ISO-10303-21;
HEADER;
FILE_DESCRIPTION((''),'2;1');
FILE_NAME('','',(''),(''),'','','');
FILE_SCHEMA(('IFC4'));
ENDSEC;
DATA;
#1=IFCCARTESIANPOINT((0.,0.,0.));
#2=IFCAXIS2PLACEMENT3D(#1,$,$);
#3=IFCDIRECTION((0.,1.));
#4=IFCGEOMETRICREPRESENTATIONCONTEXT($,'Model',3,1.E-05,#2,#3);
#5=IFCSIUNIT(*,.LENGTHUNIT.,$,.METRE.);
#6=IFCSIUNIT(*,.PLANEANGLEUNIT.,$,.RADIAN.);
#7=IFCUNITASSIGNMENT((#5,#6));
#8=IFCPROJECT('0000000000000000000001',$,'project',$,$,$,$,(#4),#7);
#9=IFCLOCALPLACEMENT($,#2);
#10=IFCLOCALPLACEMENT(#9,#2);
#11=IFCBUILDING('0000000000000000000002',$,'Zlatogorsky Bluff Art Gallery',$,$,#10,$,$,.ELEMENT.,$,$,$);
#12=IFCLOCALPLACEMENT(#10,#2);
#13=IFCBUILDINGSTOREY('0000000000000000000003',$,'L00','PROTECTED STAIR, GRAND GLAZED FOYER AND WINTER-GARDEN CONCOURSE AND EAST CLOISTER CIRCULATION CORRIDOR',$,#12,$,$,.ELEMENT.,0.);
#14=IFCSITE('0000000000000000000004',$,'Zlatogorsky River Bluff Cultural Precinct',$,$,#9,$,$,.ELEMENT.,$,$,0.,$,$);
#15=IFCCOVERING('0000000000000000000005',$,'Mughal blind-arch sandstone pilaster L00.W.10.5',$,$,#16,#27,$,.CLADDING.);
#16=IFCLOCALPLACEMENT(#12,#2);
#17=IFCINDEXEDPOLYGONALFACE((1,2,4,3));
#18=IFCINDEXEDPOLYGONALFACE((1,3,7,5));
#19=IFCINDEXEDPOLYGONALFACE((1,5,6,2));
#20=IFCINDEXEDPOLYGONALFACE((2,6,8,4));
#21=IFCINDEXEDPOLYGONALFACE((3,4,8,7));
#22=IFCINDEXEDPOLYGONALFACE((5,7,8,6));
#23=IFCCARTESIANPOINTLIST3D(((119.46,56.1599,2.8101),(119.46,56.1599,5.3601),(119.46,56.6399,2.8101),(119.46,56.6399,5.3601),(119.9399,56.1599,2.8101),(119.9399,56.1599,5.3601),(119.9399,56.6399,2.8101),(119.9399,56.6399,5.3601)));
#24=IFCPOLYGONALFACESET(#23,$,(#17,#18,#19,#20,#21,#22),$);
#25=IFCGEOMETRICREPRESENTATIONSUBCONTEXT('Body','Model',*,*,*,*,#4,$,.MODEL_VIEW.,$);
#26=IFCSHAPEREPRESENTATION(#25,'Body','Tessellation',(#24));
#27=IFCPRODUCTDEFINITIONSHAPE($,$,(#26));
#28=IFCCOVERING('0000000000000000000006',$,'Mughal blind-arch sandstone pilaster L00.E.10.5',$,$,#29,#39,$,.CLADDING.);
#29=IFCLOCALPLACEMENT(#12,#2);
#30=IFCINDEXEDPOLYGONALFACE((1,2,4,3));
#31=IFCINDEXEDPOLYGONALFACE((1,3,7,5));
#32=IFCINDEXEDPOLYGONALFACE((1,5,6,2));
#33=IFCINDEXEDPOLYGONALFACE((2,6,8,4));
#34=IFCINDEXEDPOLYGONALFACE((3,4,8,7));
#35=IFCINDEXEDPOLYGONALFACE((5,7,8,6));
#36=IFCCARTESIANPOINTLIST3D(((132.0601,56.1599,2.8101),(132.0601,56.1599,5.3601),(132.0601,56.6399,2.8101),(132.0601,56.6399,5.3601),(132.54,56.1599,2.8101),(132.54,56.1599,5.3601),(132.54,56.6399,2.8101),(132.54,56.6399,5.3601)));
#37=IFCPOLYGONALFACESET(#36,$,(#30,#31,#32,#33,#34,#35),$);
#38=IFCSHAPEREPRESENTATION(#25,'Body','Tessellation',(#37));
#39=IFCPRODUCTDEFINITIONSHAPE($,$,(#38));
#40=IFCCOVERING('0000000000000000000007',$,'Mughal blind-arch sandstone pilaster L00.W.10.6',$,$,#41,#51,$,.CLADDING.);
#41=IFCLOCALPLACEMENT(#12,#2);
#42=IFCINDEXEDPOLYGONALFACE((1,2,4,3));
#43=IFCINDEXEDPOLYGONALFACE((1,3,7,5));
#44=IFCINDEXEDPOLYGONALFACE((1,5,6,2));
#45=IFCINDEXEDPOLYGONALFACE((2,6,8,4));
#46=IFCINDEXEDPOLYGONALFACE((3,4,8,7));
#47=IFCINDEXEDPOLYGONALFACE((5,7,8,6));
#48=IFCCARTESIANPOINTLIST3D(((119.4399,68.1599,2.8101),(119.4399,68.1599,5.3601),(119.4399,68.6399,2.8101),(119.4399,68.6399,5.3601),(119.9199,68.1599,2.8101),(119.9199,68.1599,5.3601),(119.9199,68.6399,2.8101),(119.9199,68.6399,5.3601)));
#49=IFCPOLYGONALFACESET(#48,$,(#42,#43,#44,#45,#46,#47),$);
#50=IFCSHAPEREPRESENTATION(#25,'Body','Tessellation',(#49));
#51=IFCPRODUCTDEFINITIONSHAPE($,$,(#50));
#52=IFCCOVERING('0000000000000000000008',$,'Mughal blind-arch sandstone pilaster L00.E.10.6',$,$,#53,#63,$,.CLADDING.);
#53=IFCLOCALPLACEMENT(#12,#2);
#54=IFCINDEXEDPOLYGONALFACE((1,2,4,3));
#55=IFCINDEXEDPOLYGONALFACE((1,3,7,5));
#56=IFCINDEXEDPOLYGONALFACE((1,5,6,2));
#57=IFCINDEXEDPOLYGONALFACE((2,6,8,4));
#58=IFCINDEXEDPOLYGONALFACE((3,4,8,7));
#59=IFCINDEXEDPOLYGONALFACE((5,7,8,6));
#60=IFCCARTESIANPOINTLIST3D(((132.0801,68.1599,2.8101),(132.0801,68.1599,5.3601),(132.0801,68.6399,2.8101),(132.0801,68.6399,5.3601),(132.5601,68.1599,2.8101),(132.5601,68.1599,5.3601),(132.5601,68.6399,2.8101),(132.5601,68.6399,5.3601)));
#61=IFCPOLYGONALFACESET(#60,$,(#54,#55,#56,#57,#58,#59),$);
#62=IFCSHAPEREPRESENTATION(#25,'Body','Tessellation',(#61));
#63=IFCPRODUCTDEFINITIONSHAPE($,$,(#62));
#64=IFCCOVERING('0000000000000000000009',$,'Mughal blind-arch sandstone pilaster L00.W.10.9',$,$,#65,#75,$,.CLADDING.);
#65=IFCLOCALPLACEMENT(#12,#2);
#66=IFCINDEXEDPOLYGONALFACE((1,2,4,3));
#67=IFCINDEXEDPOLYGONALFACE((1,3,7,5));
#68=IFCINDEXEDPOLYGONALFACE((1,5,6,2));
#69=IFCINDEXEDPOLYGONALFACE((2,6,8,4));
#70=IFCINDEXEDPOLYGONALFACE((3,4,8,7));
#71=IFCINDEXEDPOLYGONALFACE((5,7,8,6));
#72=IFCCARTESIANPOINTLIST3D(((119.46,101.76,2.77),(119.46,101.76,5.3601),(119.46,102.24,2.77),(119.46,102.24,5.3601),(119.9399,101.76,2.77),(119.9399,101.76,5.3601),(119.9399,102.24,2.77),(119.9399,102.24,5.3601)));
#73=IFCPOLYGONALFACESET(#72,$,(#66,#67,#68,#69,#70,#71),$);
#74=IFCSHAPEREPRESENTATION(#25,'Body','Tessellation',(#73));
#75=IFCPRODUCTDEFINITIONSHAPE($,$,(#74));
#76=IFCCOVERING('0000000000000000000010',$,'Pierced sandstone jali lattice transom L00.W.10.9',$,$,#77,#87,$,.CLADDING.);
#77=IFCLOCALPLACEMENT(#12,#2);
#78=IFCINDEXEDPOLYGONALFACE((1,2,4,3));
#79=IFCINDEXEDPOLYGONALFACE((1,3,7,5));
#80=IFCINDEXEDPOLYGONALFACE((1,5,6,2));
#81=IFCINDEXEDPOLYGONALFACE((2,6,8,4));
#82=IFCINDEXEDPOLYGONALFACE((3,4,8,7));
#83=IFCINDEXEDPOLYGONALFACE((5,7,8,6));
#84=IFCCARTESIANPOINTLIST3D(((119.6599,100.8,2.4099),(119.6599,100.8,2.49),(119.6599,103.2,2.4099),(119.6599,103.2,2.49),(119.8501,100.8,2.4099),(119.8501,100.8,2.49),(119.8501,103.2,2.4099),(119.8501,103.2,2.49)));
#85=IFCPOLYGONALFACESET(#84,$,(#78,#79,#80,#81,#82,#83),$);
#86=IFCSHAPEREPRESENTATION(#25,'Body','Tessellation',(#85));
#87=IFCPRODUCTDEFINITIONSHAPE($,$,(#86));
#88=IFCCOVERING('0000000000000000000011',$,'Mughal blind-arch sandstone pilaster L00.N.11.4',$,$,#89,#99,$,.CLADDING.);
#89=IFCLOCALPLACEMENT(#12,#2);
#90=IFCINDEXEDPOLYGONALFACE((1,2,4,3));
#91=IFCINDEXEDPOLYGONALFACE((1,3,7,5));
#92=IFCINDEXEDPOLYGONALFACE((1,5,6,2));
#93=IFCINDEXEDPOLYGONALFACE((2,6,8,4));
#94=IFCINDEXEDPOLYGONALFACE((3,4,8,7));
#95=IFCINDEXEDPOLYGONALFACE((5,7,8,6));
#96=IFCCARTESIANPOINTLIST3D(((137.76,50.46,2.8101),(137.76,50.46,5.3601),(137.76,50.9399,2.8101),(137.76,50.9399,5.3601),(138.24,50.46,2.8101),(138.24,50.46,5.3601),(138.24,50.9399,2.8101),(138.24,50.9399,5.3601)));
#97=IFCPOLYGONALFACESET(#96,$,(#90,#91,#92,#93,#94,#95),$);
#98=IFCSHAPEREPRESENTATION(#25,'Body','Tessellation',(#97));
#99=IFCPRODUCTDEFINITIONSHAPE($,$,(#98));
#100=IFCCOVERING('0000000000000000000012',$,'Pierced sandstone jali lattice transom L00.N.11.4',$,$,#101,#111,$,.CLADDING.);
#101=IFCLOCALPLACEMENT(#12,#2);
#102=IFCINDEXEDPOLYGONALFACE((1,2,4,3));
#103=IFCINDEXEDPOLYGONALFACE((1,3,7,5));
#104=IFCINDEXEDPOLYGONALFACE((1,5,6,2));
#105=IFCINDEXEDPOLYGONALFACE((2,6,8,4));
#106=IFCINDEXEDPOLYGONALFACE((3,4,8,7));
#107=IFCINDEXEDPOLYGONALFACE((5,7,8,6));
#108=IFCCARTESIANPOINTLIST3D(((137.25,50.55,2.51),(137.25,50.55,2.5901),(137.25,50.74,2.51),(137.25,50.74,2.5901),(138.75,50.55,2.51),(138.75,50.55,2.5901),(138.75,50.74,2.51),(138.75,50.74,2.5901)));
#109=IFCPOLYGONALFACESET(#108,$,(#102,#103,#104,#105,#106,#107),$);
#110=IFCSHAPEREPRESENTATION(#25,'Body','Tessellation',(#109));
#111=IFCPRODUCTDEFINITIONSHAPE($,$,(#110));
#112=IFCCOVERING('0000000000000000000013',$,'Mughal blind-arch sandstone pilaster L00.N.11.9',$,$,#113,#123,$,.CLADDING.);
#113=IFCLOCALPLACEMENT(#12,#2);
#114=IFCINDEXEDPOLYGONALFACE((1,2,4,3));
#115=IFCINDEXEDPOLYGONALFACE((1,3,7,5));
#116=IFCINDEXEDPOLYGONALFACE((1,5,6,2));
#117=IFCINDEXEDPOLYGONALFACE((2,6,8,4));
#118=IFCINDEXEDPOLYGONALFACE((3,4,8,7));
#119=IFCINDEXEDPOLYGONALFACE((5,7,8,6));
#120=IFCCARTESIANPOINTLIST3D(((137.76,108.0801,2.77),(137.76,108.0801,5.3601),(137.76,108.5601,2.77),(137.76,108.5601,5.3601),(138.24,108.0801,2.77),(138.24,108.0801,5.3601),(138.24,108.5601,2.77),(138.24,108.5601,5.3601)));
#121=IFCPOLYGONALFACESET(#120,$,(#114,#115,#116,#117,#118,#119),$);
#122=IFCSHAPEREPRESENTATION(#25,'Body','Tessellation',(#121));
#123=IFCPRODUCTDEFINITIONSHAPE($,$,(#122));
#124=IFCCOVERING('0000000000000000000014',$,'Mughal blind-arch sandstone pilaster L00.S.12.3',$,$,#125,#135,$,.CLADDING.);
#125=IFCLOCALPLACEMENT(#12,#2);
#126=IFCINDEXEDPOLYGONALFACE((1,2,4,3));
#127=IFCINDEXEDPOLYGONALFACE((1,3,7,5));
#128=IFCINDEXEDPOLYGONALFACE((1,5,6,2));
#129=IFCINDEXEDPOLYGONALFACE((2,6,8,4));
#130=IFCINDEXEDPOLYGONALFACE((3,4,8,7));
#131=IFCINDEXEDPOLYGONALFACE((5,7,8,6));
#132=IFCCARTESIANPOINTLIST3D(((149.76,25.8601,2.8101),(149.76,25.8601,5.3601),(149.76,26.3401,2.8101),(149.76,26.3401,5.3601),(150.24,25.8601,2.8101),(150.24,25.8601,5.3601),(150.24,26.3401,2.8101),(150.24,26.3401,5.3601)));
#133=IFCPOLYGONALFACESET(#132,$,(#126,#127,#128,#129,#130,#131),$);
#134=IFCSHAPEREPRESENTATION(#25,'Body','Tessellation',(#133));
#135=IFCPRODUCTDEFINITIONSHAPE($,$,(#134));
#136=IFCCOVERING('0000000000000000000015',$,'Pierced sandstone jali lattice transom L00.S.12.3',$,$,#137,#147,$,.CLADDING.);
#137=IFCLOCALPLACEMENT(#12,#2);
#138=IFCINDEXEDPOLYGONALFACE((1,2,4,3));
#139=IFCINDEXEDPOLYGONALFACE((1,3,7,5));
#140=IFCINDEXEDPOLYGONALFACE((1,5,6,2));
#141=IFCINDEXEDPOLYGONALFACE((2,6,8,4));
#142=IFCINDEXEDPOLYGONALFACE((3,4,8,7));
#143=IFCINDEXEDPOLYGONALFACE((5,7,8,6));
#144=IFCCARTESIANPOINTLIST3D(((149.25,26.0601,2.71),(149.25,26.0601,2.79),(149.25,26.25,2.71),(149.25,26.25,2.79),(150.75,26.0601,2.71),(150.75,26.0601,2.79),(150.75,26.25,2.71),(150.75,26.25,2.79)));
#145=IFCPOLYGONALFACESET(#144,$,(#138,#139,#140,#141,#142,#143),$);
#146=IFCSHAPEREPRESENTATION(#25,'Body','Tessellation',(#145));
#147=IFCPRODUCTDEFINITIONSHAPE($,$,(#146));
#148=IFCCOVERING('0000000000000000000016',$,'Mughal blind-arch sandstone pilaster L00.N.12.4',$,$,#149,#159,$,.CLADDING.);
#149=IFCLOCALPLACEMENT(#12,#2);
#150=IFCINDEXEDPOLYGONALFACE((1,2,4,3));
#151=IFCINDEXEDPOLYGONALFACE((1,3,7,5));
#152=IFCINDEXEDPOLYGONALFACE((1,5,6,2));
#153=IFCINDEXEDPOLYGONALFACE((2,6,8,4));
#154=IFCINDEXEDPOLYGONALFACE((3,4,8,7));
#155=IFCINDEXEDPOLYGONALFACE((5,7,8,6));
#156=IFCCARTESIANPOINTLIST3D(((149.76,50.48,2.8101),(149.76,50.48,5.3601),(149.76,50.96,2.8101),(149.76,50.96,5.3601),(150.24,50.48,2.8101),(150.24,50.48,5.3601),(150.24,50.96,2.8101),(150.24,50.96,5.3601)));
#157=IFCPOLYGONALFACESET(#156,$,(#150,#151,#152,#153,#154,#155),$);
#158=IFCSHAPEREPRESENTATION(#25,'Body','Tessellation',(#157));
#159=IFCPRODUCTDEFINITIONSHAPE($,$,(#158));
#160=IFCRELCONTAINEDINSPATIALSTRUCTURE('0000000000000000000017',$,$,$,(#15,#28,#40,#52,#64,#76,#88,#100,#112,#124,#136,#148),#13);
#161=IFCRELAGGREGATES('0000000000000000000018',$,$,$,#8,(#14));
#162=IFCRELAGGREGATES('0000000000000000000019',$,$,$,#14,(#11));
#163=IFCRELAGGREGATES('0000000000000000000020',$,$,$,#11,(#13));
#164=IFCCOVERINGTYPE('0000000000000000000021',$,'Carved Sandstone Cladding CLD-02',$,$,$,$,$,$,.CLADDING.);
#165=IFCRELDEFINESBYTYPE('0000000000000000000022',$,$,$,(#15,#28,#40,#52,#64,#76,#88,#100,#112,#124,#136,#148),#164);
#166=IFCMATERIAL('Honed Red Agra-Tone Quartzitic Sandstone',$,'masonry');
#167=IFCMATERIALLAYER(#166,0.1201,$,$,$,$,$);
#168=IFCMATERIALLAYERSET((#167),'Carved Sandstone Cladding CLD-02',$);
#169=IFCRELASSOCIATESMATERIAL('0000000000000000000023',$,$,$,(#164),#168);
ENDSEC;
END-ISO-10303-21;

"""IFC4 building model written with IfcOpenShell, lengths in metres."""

from ifc_helpers import new_model, si_unit, direction, frame, origin, place, context, subcontext, project, spatial, polyline, outline, extrude, material, layer, layer_set, type_object, element, save


model = new_model("IFC4")

# Units and contexts
model_context = context("Model", 3, precision=1e-05, world=origin(), true_north=direction((0.0, 1.0)))
body_context = subcontext(model_context, "Body", "Model", "MODEL_VIEW")
ifc_project = project(units=[si_unit("LENGTHUNIT", "METRE"), si_unit("PLANEANGLEUNIT", "RADIAN")], contexts=[model_context])

# Site, building, storey
site_placement = place(None, origin())
site = spatial("IfcSite", under=ifc_project, at=site_placement, Name="Zlatogorsky River Bluff Cultural Precinct", CompositionType="ELEMENT", RefElevation=0.0)
building_placement = place(site_placement, origin())
building = spatial("IfcBuilding", under=site, at=building_placement, Name="Zlatogorsky Bluff Art Gallery", CompositionType="ELEMENT")
storey_placement = place(building_placement, origin())
storey = spatial("IfcBuildingStorey", under=building, at=storey_placement, Name="L00", Description="PROTECTED STAIR, GRAND GLAZED FOYER AND WINTER-GARDEN CONCOURSE AND EAST CLOISTER CIRCULATION CORRIDOR", CompositionType="ELEMENT", Elevation=0.0)

# Coverings
ifc_material = material(Name="Honed Red Agra-Tone Quartzitic Sandstone", Category="masonry")
ifc_layer = layer(ifc_material, 0.1201)
ifc_layer_set = layer_set([ifc_layer], Name="Carved Sandstone Cladding CLD-02")
covering_type = type_object("IfcCoveringType", Name="Carved Sandstone Cladding CLD-02", PredefinedType="CLADDING", material=ifc_layer_set)
covering_1_placement = place(storey_placement, frame((0.0, 0.0, 2.8101)))
element("IfcCovering", 1, at=covering_1_placement, inside=storey, type_object=covering_type, Name="Mughal blind-arch sandstone pilaster L00.W.10.5", PredefinedType="CLADDING", context=body_context, shape_type="SweptSolid", body=[
    extrude(outline(polyline([(119.46, 56.1599), (119.9399, 56.1599), (119.9399, 56.6399), (119.46, 56.6399), (119.46, 56.1599)])), origin(), (0.0, 0.0, 1.0), 2.55),
])
covering_2_placement = place(storey_placement, frame((0.0, 0.0, 2.8101)))
element("IfcCovering", 2, at=covering_2_placement, inside=storey, type_object=covering_type, Name="Mughal blind-arch sandstone pilaster L00.E.10.5", PredefinedType="CLADDING", context=body_context, shape_type="SweptSolid", body=[
    extrude(outline(polyline([(132.0601, 56.1599), (132.54, 56.1599), (132.54, 56.6399), (132.0601, 56.6399), (132.0601, 56.1599)])), origin(), (0.0, 0.0, 1.0), 2.55),
])
covering_3_placement = place(storey_placement, frame((0.0, 0.0, 2.8101)))
element("IfcCovering", 3, at=covering_3_placement, inside=storey, type_object=covering_type, Name="Mughal blind-arch sandstone pilaster L00.W.10.6", PredefinedType="CLADDING", context=body_context, shape_type="SweptSolid", body=[
    extrude(outline(polyline([(119.4399, 68.1599), (119.9199, 68.1599), (119.9199, 68.6399), (119.4399, 68.6399), (119.4399, 68.1599)])), origin(), (0.0, 0.0, 1.0), 2.55),
])
covering_4_placement = place(storey_placement, frame((0.0, 0.0, 2.8101)))
element("IfcCovering", 4, at=covering_4_placement, inside=storey, type_object=covering_type, Name="Mughal blind-arch sandstone pilaster L00.E.10.6", PredefinedType="CLADDING", context=body_context, shape_type="SweptSolid", body=[
    extrude(outline(polyline([(132.0801, 68.1599), (132.5601, 68.1599), (132.5601, 68.6399), (132.0801, 68.6399), (132.0801, 68.1599)])), origin(), (0.0, 0.0, 1.0), 2.55),
])
covering_5_placement = place(storey_placement, frame((0.0, 0.0, 2.77)))
element("IfcCovering", 5, at=covering_5_placement, inside=storey, type_object=covering_type, Name="Mughal blind-arch sandstone pilaster L00.W.10.9", PredefinedType="CLADDING", context=body_context, shape_type="SweptSolid", body=[
    extrude(outline(polyline([(119.46, 101.76), (119.9399, 101.76), (119.9399, 102.24), (119.46, 102.24), (119.46, 101.76)])), origin(), (0.0, 0.0, 1.0), 2.5901),
])
covering_6_placement = place(storey_placement, frame((0.0, 0.0, 2.4099)))
element("IfcCovering", 6, at=covering_6_placement, inside=storey, type_object=covering_type, Name="Pierced sandstone jali lattice transom L00.W.10.9", PredefinedType="CLADDING", context=body_context, shape_type="SweptSolid", body=[
    extrude(outline(polyline([(119.6599, 100.8), (119.6599, 103.2), (119.8501, 103.2), (119.8501, 100.8), (119.6599, 100.8)])), origin(), (0.0, 0.0, 1.0), 0.0801),
])
covering_7_placement = place(storey_placement, frame((0.0, 0.0, 2.8101)))
element("IfcCovering", 7, at=covering_7_placement, inside=storey, type_object=covering_type, Name="Mughal blind-arch sandstone pilaster L00.N.11.4", PredefinedType="CLADDING", context=body_context, shape_type="SweptSolid", body=[
    extrude(outline(polyline([(137.76, 50.46), (138.24, 50.46), (138.24, 50.9399), (137.76, 50.9399), (137.76, 50.46)])), origin(), (0.0, 0.0, 1.0), 2.55),
])
covering_8_placement = place(storey_placement, frame((0.0, 0.0, 2.51)))
element("IfcCovering", 8, at=covering_8_placement, inside=storey, type_object=covering_type, Name="Pierced sandstone jali lattice transom L00.N.11.4", PredefinedType="CLADDING", context=body_context, shape_type="SweptSolid", body=[
    extrude(outline(polyline([(137.25, 50.55), (138.75, 50.55), (138.75, 50.74), (137.25, 50.74), (137.25, 50.55)])), origin(), (0.0, 0.0, 1.0), 0.0801),
])
covering_9_placement = place(storey_placement, frame((0.0, 0.0, 2.77)))
element("IfcCovering", 9, at=covering_9_placement, inside=storey, type_object=covering_type, Name="Mughal blind-arch sandstone pilaster L00.N.11.9", PredefinedType="CLADDING", context=body_context, shape_type="SweptSolid", body=[
    extrude(outline(polyline([(137.76, 108.0801), (138.24, 108.0801), (138.24, 108.5601), (137.76, 108.5601), (137.76, 108.0801)])), origin(), (0.0, 0.0, 1.0), 2.5901),
])
covering_10_placement = place(storey_placement, frame((0.0, 0.0, 2.8101)))
element("IfcCovering", 10, at=covering_10_placement, inside=storey, type_object=covering_type, Name="Mughal blind-arch sandstone pilaster L00.S.12.3", PredefinedType="CLADDING", context=body_context, shape_type="SweptSolid", body=[
    extrude(outline(polyline([(149.76, 25.8601), (150.24, 25.8601), (150.24, 26.3401), (149.76, 26.3401), (149.76, 25.8601)])), origin(), (0.0, 0.0, 1.0), 2.55),
])
covering_11_placement = place(storey_placement, frame((0.0, 0.0, 2.71)))
element("IfcCovering", 11, at=covering_11_placement, inside=storey, type_object=covering_type, Name="Pierced sandstone jali lattice transom L00.S.12.3", PredefinedType="CLADDING", context=body_context, shape_type="SweptSolid", body=[
    extrude(outline(polyline([(149.25, 26.0601), (150.75, 26.0601), (150.75, 26.25), (149.25, 26.25), (149.25, 26.0601)])), origin(), (0.0, 0.0, 1.0), 0.0801),
])
covering_12_placement = place(storey_placement, frame((0.0, 0.0, 2.8101)))
element("IfcCovering", 12, at=covering_12_placement, inside=storey, type_object=covering_type, Name="Mughal blind-arch sandstone pilaster L00.N.12.4", PredefinedType="CLADDING", context=body_context, shape_type="SweptSolid", body=[
    extrude(outline(polyline([(149.76, 50.48), (150.24, 50.48), (150.24, 50.96), (149.76, 50.96), (149.76, 50.48)])), origin(), (0.0, 0.0, 1.0), 2.55),
])

save(model, "model.ifc")
